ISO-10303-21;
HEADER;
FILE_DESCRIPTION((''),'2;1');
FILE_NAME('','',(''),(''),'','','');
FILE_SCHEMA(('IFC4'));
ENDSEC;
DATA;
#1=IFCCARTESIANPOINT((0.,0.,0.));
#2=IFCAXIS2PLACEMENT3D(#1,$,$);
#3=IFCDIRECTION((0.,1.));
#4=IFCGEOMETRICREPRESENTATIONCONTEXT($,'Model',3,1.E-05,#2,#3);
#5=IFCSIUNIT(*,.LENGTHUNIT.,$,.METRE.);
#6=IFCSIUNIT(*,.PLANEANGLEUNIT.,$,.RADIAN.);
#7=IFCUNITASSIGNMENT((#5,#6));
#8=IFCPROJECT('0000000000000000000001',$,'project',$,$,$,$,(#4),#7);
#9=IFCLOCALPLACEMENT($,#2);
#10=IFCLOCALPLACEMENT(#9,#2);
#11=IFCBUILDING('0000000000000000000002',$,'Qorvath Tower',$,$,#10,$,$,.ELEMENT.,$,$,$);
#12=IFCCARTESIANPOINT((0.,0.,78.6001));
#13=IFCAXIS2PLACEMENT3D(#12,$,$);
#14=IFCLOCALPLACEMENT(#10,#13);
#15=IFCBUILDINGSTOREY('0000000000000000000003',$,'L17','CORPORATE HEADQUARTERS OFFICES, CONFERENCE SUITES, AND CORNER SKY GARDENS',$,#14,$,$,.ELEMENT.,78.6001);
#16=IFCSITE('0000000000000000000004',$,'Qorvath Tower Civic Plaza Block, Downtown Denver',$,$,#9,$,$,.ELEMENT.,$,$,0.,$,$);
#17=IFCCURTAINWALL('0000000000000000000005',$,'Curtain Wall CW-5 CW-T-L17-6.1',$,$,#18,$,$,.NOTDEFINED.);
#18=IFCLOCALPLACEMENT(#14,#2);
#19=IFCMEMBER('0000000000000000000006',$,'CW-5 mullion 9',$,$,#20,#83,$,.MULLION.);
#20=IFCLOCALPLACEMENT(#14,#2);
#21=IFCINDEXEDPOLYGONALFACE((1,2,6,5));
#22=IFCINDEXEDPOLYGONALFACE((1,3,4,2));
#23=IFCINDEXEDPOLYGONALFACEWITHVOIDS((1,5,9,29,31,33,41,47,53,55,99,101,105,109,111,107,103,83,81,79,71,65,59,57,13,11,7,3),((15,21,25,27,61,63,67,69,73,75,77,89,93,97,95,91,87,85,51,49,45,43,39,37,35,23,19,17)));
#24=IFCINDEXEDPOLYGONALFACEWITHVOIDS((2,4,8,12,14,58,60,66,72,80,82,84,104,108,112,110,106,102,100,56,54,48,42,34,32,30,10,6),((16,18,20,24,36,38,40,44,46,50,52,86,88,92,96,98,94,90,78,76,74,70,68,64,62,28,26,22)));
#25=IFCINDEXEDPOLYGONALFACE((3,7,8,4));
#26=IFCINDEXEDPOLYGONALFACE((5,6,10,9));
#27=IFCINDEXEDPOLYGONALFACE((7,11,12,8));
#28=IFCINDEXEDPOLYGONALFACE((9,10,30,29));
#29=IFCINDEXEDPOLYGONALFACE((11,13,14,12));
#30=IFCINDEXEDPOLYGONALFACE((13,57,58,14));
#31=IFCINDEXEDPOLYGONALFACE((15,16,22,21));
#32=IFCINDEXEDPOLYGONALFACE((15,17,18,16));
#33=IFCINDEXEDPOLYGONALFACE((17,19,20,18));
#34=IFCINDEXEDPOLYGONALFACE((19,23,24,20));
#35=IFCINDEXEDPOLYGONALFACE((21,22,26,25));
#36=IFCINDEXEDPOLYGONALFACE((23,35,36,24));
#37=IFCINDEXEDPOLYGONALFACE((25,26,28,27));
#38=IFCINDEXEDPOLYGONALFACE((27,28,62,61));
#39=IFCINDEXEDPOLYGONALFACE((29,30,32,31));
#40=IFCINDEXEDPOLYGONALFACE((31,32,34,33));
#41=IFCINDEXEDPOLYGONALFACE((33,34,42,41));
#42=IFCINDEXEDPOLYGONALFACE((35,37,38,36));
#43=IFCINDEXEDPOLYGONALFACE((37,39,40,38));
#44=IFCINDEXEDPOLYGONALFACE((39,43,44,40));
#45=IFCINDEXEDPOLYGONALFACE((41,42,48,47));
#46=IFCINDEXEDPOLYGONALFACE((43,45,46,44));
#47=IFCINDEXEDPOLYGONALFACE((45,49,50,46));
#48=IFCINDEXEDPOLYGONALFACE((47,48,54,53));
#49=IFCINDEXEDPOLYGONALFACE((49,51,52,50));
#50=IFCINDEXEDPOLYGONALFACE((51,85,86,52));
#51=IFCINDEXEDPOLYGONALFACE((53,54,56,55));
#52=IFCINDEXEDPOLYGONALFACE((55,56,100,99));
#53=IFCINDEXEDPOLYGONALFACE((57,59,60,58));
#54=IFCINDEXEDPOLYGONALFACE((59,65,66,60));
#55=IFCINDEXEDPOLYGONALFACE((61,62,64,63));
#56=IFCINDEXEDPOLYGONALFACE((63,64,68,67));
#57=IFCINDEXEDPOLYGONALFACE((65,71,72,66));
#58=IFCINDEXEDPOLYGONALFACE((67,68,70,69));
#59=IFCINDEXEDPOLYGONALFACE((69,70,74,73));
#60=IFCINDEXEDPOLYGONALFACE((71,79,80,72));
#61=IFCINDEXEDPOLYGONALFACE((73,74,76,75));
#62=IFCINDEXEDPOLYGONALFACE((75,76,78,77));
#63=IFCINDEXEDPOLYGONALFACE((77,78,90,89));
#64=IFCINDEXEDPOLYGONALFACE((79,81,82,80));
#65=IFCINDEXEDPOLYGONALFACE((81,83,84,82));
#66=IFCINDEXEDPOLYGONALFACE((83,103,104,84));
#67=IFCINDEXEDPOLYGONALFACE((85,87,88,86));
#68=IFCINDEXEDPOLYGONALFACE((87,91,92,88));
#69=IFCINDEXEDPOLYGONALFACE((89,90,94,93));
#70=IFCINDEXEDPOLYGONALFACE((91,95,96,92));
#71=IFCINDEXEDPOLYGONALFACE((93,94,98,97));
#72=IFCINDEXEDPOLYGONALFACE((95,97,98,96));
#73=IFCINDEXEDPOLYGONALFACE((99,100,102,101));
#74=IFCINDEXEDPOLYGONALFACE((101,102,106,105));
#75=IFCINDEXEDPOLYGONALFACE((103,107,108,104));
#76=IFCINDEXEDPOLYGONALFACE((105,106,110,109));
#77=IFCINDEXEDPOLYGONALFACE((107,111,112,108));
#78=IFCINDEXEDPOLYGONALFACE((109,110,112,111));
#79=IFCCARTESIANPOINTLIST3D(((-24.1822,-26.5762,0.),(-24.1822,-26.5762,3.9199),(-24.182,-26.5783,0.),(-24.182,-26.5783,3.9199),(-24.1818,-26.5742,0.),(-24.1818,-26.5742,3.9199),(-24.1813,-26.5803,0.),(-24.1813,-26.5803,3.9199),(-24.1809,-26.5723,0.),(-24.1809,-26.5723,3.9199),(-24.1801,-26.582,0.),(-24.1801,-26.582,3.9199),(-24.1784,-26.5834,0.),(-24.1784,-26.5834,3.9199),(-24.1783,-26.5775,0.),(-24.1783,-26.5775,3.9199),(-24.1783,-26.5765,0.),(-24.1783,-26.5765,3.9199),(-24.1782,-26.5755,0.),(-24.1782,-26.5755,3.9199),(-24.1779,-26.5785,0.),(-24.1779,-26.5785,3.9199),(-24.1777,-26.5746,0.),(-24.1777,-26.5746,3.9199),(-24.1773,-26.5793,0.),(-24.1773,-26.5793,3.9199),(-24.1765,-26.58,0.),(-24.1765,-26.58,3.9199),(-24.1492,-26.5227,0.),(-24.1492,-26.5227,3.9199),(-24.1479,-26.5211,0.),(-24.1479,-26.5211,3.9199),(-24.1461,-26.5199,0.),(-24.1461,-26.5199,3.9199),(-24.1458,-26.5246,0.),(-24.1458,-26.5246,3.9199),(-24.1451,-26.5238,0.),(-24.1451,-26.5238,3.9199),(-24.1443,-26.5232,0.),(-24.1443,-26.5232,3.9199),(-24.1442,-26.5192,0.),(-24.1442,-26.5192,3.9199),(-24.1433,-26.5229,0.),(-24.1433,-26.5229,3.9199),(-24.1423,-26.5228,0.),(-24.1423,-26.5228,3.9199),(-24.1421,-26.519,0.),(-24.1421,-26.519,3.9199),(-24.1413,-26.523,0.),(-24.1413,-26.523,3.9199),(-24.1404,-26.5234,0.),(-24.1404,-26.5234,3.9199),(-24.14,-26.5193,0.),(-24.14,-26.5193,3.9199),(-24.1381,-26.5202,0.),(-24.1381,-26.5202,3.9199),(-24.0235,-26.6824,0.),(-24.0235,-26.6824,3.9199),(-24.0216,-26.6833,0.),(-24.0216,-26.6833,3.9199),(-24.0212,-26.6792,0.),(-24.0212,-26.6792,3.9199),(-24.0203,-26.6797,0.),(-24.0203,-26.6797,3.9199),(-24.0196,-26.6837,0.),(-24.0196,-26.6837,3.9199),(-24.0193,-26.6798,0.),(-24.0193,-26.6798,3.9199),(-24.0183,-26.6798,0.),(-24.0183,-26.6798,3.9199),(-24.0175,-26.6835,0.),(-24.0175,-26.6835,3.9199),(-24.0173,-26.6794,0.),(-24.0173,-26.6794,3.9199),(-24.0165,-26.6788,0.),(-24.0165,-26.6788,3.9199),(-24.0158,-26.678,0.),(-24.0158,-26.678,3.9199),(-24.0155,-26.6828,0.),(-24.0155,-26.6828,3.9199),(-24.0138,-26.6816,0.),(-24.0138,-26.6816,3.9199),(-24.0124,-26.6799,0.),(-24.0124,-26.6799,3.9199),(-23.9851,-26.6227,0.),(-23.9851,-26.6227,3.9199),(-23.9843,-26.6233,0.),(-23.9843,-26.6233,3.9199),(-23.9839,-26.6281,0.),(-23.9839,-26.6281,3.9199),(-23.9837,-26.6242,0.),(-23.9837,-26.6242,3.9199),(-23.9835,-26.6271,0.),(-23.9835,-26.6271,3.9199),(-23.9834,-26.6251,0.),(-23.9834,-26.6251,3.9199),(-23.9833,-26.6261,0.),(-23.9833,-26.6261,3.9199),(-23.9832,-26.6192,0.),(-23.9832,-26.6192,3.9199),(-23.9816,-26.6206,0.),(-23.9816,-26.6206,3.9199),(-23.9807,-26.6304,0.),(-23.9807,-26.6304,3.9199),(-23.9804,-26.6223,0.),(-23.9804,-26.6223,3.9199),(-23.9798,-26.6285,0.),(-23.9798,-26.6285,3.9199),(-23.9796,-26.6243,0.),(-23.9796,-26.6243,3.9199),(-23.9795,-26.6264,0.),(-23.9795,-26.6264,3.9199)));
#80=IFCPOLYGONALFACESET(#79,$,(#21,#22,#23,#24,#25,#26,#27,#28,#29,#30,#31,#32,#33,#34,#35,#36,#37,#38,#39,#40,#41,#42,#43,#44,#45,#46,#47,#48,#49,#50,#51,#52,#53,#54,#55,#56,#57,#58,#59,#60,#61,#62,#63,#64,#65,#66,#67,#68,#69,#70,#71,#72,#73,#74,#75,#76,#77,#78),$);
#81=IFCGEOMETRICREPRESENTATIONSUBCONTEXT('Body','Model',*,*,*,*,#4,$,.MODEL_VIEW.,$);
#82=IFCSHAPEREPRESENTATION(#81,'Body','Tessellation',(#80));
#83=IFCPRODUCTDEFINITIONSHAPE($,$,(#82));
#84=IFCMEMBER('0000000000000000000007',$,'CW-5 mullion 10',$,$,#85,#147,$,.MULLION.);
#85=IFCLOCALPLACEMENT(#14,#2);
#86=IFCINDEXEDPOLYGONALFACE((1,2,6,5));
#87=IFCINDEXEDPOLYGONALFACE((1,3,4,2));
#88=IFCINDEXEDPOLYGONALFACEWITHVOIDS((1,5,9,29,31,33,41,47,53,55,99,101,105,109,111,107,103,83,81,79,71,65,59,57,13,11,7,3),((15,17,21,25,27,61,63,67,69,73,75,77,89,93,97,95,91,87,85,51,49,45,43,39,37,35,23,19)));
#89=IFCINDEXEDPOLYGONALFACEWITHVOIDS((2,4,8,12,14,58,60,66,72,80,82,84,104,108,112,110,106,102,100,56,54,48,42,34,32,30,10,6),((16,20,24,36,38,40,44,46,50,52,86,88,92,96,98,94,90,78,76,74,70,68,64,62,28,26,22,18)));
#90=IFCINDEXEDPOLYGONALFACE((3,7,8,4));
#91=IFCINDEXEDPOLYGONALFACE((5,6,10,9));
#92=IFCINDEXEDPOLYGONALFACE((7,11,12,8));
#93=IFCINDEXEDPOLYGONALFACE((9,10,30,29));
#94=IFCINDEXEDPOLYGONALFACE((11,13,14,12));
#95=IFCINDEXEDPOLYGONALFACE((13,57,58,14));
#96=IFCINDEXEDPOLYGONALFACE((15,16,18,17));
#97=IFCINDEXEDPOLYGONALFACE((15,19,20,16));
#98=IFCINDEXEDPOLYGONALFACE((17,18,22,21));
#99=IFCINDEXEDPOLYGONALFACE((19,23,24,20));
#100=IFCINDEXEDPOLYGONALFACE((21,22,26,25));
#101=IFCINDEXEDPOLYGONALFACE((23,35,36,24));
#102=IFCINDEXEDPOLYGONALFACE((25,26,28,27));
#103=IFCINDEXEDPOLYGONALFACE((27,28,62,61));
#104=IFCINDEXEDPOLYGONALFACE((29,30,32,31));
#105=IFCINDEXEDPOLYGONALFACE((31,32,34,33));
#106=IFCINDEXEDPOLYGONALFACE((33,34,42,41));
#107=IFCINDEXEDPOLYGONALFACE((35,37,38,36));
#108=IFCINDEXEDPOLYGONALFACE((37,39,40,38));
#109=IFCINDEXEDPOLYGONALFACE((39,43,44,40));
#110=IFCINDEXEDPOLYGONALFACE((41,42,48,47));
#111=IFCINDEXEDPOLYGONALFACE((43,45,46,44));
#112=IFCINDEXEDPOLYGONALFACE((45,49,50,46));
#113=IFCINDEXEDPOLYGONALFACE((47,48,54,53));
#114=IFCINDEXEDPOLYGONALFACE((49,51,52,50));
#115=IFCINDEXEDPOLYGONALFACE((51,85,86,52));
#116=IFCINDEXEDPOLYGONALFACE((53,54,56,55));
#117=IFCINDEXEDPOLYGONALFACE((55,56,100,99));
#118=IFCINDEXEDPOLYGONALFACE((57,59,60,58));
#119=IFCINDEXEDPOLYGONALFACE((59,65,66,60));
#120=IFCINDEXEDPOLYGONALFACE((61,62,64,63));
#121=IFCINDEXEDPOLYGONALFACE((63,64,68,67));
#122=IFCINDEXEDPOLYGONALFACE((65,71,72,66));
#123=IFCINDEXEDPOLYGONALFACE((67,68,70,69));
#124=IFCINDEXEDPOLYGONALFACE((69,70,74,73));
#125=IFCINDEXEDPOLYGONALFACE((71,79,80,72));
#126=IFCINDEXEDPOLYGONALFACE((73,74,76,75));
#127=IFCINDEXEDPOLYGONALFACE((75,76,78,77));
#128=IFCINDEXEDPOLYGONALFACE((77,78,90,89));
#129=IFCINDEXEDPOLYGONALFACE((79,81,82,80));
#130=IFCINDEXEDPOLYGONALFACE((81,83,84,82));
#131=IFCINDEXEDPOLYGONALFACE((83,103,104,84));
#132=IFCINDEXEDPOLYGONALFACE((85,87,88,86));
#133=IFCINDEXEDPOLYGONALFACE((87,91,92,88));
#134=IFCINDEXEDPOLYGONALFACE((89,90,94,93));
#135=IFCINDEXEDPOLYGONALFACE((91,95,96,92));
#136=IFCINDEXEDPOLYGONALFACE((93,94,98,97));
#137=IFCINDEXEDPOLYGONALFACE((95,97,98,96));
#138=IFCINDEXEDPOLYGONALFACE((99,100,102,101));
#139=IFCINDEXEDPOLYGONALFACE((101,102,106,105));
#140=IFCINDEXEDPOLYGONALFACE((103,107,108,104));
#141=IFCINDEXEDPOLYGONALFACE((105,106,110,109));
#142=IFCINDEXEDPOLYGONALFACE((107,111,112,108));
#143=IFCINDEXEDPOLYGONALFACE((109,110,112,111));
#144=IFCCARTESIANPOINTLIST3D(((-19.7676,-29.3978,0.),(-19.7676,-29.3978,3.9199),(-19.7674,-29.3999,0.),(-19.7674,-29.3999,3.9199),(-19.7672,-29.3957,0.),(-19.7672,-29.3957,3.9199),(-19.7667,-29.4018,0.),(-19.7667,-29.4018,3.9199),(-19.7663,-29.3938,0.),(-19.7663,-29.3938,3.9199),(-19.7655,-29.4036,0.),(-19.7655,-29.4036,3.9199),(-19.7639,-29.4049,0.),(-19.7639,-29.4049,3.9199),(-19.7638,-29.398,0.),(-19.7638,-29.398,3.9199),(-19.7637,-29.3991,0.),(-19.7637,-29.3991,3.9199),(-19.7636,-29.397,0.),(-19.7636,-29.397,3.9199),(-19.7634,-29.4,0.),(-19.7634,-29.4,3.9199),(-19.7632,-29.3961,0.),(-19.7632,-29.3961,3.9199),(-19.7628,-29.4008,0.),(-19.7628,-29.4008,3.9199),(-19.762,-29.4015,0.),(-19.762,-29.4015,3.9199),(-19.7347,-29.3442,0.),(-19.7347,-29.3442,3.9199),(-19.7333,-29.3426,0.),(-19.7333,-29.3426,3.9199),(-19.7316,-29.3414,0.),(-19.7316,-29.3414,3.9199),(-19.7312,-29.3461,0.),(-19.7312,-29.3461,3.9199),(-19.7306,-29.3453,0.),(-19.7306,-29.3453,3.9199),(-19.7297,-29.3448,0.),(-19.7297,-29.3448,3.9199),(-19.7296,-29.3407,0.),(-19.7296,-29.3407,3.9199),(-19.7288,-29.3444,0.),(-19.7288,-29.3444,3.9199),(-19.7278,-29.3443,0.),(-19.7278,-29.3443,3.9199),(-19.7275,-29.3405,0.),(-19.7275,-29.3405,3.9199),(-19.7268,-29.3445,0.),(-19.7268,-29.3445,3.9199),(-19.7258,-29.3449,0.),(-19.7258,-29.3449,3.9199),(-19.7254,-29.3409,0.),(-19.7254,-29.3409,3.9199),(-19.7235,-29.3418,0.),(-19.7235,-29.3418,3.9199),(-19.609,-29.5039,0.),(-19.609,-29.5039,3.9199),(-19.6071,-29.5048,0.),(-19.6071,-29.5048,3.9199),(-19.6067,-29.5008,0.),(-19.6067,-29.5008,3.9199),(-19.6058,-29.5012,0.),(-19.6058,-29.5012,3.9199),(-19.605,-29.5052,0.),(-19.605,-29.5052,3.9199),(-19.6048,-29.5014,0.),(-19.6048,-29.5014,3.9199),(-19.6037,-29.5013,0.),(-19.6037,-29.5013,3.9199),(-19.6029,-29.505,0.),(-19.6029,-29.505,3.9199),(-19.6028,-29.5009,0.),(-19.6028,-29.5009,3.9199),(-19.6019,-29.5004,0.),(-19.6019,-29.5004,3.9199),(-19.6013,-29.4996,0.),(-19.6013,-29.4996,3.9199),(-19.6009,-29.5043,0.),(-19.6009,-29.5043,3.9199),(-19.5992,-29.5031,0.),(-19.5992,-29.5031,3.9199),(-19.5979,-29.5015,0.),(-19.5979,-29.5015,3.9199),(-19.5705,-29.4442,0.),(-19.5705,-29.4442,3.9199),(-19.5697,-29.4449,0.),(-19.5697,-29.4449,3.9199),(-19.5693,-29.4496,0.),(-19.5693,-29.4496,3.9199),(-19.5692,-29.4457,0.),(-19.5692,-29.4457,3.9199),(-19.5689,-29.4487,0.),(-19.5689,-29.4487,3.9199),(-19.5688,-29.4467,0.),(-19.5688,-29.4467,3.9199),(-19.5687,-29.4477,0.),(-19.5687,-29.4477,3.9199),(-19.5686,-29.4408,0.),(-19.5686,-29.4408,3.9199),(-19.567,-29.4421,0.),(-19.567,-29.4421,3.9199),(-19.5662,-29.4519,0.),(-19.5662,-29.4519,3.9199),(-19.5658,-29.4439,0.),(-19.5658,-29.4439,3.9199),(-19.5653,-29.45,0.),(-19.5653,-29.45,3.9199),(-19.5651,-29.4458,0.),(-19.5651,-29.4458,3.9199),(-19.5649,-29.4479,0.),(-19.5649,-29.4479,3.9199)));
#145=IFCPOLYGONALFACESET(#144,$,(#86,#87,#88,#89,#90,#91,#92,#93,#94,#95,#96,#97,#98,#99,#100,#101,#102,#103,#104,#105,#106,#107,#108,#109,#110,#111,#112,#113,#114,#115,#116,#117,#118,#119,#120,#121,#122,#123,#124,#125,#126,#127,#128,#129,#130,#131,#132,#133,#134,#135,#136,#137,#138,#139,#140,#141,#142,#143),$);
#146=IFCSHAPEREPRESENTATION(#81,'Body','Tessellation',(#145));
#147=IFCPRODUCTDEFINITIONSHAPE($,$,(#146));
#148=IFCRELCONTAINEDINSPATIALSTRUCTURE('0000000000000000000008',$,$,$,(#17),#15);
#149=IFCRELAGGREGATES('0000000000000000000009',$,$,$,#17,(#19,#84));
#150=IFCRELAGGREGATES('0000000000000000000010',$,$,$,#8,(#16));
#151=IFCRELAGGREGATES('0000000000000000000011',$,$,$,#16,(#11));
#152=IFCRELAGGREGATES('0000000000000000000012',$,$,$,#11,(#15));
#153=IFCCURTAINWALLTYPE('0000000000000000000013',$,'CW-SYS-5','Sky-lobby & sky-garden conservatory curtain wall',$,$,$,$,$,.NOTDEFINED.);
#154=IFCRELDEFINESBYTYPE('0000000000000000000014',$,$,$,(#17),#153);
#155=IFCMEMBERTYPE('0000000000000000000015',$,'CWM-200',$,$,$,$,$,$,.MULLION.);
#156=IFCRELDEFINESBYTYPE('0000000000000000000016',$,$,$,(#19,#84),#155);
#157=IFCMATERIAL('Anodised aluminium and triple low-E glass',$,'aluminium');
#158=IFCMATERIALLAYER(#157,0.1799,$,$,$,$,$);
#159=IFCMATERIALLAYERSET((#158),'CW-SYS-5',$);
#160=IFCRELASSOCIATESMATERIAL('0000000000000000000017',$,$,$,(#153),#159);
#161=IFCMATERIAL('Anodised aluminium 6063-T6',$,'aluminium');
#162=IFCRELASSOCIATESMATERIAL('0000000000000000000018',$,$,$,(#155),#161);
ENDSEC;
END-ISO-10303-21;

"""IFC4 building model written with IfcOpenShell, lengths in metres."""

from ifc_helpers import new_model, si_unit, direction, frame, origin, origin_2d, place, context, subcontext, project, spatial, hollow_rectangle, extrude, material, layer, layer_set, material_profile, profile_set, type_object, element, aggregate, save


model = new_model("IFC4")

# Units and contexts
model_context = context("Model", 3, precision=1e-05, world=origin(), true_north=direction((0.0, 1.0)))
body_context = subcontext(model_context, "Body", "Model", "MODEL_VIEW")
ifc_project = project(units=[si_unit("LENGTHUNIT", "METRE"), si_unit("PLANEANGLEUNIT", "RADIAN")], contexts=[model_context])

# Site, building, storey
site_placement = place(None, origin())
site = spatial("IfcSite", under=ifc_project, at=site_placement, Name="Qorvath Tower Civic Plaza Block, Downtown Denver", CompositionType="ELEMENT", RefElevation=0.0)
building_placement = place(site_placement, origin())
building = spatial("IfcBuilding", under=site, at=building_placement, Name="Qorvath Tower", CompositionType="ELEMENT")
storey_placement = place(building_placement, frame((0.0, 0.0, 78.6001)))
storey = spatial("IfcBuildingStorey", under=building, at=storey_placement, Name="L17", Description="CORPORATE HEADQUARTERS OFFICES, CONFERENCE SUITES, AND CORNER SKY GARDENS", CompositionType="ELEMENT", Elevation=78.6001)

# Curtain wall, members
ifc_material_1 = material(Name="Anodised aluminium and triple low-E glass", Category="aluminium")
ifc_layer_1 = layer(ifc_material_1, 0.1799)
ifc_layer_set_1 = layer_set([ifc_layer_1], Name="CW-SYS-5")
curtain_wall_type = type_object("IfcCurtainWallType", Name="CW-SYS-5", Description="Sky-lobby & sky-garden conservatory curtain wall", PredefinedType="NOTDEFINED", material=ifc_layer_set_1)
curtain_wall_placement = place(storey_placement, origin())
curtain_wall = element("IfcCurtainWall", 1, at=curtain_wall_placement, inside=storey, type_object=curtain_wall_type, Name="Curtain Wall CW-5 CW-T-L17-6.1", PredefinedType="NOTDEFINED")
ifc_material_2 = material(Name="Anodised aluminium 6063-T6", Category="aluminium")
ifc_material_profile_1 = material_profile(ifc_material_2, hollow_rectangle(XDim=0.075, YDim=0.2, WallThickness=0.0039, InnerFilletRadius=0.0039, OuterFilletRadius=0.0081, at=origin_2d()), Name="CWM 200x75")
ifc_profile_set_1 = profile_set([ifc_material_profile_1], Name="Anodised aluminium 6063-T6")
member_type_1 = type_object("IfcMemberType", Name="CWM-200", PredefinedType="MULLION", material=ifc_profile_set_1)
member_1_placement = place(storey_placement, frame((-24.0808, -26.6013, 0.0), z_axis=(0.0, 0.0, 1.0), x_axis=(0.538533, 0.842604, 0.0)))
member_1 = element("IfcMember", 2, at=member_1_placement, type_object=member_type_1, Name="CW-5 mullion 9", PredefinedType="MULLION", context=body_context, shape_type="SweptSolid", body=[
    extrude(hollow_rectangle(XDim=0.075, YDim=0.2, WallThickness=0.0039, InnerFilletRadius=0.0039, OuterFilletRadius=0.0081, at=origin_2d()), origin(), (0.0, 0.0, 1.0), 3.9199),
])
member_2_placement = place(storey_placement, frame((-19.6663, -29.4229, 0.0), z_axis=(0.0, 0.0, 1.0), x_axis=(0.538533, 0.842604, 0.0)))
member_2 = element("IfcMember", 3, at=member_2_placement, type_object=member_type_1, Name="CW-5 mullion 10", PredefinedType="MULLION", context=body_context, shape_type="SweptSolid", body=[
    extrude(hollow_rectangle(XDim=0.075, YDim=0.2, WallThickness=0.0039, InnerFilletRadius=0.0039, OuterFilletRadius=0.0081, at=origin_2d()), origin(), (0.0, 0.0, 1.0), 3.9199),
])
aggregate(curtain_wall, [member_1, member_2])

save(model, "model.ifc")
